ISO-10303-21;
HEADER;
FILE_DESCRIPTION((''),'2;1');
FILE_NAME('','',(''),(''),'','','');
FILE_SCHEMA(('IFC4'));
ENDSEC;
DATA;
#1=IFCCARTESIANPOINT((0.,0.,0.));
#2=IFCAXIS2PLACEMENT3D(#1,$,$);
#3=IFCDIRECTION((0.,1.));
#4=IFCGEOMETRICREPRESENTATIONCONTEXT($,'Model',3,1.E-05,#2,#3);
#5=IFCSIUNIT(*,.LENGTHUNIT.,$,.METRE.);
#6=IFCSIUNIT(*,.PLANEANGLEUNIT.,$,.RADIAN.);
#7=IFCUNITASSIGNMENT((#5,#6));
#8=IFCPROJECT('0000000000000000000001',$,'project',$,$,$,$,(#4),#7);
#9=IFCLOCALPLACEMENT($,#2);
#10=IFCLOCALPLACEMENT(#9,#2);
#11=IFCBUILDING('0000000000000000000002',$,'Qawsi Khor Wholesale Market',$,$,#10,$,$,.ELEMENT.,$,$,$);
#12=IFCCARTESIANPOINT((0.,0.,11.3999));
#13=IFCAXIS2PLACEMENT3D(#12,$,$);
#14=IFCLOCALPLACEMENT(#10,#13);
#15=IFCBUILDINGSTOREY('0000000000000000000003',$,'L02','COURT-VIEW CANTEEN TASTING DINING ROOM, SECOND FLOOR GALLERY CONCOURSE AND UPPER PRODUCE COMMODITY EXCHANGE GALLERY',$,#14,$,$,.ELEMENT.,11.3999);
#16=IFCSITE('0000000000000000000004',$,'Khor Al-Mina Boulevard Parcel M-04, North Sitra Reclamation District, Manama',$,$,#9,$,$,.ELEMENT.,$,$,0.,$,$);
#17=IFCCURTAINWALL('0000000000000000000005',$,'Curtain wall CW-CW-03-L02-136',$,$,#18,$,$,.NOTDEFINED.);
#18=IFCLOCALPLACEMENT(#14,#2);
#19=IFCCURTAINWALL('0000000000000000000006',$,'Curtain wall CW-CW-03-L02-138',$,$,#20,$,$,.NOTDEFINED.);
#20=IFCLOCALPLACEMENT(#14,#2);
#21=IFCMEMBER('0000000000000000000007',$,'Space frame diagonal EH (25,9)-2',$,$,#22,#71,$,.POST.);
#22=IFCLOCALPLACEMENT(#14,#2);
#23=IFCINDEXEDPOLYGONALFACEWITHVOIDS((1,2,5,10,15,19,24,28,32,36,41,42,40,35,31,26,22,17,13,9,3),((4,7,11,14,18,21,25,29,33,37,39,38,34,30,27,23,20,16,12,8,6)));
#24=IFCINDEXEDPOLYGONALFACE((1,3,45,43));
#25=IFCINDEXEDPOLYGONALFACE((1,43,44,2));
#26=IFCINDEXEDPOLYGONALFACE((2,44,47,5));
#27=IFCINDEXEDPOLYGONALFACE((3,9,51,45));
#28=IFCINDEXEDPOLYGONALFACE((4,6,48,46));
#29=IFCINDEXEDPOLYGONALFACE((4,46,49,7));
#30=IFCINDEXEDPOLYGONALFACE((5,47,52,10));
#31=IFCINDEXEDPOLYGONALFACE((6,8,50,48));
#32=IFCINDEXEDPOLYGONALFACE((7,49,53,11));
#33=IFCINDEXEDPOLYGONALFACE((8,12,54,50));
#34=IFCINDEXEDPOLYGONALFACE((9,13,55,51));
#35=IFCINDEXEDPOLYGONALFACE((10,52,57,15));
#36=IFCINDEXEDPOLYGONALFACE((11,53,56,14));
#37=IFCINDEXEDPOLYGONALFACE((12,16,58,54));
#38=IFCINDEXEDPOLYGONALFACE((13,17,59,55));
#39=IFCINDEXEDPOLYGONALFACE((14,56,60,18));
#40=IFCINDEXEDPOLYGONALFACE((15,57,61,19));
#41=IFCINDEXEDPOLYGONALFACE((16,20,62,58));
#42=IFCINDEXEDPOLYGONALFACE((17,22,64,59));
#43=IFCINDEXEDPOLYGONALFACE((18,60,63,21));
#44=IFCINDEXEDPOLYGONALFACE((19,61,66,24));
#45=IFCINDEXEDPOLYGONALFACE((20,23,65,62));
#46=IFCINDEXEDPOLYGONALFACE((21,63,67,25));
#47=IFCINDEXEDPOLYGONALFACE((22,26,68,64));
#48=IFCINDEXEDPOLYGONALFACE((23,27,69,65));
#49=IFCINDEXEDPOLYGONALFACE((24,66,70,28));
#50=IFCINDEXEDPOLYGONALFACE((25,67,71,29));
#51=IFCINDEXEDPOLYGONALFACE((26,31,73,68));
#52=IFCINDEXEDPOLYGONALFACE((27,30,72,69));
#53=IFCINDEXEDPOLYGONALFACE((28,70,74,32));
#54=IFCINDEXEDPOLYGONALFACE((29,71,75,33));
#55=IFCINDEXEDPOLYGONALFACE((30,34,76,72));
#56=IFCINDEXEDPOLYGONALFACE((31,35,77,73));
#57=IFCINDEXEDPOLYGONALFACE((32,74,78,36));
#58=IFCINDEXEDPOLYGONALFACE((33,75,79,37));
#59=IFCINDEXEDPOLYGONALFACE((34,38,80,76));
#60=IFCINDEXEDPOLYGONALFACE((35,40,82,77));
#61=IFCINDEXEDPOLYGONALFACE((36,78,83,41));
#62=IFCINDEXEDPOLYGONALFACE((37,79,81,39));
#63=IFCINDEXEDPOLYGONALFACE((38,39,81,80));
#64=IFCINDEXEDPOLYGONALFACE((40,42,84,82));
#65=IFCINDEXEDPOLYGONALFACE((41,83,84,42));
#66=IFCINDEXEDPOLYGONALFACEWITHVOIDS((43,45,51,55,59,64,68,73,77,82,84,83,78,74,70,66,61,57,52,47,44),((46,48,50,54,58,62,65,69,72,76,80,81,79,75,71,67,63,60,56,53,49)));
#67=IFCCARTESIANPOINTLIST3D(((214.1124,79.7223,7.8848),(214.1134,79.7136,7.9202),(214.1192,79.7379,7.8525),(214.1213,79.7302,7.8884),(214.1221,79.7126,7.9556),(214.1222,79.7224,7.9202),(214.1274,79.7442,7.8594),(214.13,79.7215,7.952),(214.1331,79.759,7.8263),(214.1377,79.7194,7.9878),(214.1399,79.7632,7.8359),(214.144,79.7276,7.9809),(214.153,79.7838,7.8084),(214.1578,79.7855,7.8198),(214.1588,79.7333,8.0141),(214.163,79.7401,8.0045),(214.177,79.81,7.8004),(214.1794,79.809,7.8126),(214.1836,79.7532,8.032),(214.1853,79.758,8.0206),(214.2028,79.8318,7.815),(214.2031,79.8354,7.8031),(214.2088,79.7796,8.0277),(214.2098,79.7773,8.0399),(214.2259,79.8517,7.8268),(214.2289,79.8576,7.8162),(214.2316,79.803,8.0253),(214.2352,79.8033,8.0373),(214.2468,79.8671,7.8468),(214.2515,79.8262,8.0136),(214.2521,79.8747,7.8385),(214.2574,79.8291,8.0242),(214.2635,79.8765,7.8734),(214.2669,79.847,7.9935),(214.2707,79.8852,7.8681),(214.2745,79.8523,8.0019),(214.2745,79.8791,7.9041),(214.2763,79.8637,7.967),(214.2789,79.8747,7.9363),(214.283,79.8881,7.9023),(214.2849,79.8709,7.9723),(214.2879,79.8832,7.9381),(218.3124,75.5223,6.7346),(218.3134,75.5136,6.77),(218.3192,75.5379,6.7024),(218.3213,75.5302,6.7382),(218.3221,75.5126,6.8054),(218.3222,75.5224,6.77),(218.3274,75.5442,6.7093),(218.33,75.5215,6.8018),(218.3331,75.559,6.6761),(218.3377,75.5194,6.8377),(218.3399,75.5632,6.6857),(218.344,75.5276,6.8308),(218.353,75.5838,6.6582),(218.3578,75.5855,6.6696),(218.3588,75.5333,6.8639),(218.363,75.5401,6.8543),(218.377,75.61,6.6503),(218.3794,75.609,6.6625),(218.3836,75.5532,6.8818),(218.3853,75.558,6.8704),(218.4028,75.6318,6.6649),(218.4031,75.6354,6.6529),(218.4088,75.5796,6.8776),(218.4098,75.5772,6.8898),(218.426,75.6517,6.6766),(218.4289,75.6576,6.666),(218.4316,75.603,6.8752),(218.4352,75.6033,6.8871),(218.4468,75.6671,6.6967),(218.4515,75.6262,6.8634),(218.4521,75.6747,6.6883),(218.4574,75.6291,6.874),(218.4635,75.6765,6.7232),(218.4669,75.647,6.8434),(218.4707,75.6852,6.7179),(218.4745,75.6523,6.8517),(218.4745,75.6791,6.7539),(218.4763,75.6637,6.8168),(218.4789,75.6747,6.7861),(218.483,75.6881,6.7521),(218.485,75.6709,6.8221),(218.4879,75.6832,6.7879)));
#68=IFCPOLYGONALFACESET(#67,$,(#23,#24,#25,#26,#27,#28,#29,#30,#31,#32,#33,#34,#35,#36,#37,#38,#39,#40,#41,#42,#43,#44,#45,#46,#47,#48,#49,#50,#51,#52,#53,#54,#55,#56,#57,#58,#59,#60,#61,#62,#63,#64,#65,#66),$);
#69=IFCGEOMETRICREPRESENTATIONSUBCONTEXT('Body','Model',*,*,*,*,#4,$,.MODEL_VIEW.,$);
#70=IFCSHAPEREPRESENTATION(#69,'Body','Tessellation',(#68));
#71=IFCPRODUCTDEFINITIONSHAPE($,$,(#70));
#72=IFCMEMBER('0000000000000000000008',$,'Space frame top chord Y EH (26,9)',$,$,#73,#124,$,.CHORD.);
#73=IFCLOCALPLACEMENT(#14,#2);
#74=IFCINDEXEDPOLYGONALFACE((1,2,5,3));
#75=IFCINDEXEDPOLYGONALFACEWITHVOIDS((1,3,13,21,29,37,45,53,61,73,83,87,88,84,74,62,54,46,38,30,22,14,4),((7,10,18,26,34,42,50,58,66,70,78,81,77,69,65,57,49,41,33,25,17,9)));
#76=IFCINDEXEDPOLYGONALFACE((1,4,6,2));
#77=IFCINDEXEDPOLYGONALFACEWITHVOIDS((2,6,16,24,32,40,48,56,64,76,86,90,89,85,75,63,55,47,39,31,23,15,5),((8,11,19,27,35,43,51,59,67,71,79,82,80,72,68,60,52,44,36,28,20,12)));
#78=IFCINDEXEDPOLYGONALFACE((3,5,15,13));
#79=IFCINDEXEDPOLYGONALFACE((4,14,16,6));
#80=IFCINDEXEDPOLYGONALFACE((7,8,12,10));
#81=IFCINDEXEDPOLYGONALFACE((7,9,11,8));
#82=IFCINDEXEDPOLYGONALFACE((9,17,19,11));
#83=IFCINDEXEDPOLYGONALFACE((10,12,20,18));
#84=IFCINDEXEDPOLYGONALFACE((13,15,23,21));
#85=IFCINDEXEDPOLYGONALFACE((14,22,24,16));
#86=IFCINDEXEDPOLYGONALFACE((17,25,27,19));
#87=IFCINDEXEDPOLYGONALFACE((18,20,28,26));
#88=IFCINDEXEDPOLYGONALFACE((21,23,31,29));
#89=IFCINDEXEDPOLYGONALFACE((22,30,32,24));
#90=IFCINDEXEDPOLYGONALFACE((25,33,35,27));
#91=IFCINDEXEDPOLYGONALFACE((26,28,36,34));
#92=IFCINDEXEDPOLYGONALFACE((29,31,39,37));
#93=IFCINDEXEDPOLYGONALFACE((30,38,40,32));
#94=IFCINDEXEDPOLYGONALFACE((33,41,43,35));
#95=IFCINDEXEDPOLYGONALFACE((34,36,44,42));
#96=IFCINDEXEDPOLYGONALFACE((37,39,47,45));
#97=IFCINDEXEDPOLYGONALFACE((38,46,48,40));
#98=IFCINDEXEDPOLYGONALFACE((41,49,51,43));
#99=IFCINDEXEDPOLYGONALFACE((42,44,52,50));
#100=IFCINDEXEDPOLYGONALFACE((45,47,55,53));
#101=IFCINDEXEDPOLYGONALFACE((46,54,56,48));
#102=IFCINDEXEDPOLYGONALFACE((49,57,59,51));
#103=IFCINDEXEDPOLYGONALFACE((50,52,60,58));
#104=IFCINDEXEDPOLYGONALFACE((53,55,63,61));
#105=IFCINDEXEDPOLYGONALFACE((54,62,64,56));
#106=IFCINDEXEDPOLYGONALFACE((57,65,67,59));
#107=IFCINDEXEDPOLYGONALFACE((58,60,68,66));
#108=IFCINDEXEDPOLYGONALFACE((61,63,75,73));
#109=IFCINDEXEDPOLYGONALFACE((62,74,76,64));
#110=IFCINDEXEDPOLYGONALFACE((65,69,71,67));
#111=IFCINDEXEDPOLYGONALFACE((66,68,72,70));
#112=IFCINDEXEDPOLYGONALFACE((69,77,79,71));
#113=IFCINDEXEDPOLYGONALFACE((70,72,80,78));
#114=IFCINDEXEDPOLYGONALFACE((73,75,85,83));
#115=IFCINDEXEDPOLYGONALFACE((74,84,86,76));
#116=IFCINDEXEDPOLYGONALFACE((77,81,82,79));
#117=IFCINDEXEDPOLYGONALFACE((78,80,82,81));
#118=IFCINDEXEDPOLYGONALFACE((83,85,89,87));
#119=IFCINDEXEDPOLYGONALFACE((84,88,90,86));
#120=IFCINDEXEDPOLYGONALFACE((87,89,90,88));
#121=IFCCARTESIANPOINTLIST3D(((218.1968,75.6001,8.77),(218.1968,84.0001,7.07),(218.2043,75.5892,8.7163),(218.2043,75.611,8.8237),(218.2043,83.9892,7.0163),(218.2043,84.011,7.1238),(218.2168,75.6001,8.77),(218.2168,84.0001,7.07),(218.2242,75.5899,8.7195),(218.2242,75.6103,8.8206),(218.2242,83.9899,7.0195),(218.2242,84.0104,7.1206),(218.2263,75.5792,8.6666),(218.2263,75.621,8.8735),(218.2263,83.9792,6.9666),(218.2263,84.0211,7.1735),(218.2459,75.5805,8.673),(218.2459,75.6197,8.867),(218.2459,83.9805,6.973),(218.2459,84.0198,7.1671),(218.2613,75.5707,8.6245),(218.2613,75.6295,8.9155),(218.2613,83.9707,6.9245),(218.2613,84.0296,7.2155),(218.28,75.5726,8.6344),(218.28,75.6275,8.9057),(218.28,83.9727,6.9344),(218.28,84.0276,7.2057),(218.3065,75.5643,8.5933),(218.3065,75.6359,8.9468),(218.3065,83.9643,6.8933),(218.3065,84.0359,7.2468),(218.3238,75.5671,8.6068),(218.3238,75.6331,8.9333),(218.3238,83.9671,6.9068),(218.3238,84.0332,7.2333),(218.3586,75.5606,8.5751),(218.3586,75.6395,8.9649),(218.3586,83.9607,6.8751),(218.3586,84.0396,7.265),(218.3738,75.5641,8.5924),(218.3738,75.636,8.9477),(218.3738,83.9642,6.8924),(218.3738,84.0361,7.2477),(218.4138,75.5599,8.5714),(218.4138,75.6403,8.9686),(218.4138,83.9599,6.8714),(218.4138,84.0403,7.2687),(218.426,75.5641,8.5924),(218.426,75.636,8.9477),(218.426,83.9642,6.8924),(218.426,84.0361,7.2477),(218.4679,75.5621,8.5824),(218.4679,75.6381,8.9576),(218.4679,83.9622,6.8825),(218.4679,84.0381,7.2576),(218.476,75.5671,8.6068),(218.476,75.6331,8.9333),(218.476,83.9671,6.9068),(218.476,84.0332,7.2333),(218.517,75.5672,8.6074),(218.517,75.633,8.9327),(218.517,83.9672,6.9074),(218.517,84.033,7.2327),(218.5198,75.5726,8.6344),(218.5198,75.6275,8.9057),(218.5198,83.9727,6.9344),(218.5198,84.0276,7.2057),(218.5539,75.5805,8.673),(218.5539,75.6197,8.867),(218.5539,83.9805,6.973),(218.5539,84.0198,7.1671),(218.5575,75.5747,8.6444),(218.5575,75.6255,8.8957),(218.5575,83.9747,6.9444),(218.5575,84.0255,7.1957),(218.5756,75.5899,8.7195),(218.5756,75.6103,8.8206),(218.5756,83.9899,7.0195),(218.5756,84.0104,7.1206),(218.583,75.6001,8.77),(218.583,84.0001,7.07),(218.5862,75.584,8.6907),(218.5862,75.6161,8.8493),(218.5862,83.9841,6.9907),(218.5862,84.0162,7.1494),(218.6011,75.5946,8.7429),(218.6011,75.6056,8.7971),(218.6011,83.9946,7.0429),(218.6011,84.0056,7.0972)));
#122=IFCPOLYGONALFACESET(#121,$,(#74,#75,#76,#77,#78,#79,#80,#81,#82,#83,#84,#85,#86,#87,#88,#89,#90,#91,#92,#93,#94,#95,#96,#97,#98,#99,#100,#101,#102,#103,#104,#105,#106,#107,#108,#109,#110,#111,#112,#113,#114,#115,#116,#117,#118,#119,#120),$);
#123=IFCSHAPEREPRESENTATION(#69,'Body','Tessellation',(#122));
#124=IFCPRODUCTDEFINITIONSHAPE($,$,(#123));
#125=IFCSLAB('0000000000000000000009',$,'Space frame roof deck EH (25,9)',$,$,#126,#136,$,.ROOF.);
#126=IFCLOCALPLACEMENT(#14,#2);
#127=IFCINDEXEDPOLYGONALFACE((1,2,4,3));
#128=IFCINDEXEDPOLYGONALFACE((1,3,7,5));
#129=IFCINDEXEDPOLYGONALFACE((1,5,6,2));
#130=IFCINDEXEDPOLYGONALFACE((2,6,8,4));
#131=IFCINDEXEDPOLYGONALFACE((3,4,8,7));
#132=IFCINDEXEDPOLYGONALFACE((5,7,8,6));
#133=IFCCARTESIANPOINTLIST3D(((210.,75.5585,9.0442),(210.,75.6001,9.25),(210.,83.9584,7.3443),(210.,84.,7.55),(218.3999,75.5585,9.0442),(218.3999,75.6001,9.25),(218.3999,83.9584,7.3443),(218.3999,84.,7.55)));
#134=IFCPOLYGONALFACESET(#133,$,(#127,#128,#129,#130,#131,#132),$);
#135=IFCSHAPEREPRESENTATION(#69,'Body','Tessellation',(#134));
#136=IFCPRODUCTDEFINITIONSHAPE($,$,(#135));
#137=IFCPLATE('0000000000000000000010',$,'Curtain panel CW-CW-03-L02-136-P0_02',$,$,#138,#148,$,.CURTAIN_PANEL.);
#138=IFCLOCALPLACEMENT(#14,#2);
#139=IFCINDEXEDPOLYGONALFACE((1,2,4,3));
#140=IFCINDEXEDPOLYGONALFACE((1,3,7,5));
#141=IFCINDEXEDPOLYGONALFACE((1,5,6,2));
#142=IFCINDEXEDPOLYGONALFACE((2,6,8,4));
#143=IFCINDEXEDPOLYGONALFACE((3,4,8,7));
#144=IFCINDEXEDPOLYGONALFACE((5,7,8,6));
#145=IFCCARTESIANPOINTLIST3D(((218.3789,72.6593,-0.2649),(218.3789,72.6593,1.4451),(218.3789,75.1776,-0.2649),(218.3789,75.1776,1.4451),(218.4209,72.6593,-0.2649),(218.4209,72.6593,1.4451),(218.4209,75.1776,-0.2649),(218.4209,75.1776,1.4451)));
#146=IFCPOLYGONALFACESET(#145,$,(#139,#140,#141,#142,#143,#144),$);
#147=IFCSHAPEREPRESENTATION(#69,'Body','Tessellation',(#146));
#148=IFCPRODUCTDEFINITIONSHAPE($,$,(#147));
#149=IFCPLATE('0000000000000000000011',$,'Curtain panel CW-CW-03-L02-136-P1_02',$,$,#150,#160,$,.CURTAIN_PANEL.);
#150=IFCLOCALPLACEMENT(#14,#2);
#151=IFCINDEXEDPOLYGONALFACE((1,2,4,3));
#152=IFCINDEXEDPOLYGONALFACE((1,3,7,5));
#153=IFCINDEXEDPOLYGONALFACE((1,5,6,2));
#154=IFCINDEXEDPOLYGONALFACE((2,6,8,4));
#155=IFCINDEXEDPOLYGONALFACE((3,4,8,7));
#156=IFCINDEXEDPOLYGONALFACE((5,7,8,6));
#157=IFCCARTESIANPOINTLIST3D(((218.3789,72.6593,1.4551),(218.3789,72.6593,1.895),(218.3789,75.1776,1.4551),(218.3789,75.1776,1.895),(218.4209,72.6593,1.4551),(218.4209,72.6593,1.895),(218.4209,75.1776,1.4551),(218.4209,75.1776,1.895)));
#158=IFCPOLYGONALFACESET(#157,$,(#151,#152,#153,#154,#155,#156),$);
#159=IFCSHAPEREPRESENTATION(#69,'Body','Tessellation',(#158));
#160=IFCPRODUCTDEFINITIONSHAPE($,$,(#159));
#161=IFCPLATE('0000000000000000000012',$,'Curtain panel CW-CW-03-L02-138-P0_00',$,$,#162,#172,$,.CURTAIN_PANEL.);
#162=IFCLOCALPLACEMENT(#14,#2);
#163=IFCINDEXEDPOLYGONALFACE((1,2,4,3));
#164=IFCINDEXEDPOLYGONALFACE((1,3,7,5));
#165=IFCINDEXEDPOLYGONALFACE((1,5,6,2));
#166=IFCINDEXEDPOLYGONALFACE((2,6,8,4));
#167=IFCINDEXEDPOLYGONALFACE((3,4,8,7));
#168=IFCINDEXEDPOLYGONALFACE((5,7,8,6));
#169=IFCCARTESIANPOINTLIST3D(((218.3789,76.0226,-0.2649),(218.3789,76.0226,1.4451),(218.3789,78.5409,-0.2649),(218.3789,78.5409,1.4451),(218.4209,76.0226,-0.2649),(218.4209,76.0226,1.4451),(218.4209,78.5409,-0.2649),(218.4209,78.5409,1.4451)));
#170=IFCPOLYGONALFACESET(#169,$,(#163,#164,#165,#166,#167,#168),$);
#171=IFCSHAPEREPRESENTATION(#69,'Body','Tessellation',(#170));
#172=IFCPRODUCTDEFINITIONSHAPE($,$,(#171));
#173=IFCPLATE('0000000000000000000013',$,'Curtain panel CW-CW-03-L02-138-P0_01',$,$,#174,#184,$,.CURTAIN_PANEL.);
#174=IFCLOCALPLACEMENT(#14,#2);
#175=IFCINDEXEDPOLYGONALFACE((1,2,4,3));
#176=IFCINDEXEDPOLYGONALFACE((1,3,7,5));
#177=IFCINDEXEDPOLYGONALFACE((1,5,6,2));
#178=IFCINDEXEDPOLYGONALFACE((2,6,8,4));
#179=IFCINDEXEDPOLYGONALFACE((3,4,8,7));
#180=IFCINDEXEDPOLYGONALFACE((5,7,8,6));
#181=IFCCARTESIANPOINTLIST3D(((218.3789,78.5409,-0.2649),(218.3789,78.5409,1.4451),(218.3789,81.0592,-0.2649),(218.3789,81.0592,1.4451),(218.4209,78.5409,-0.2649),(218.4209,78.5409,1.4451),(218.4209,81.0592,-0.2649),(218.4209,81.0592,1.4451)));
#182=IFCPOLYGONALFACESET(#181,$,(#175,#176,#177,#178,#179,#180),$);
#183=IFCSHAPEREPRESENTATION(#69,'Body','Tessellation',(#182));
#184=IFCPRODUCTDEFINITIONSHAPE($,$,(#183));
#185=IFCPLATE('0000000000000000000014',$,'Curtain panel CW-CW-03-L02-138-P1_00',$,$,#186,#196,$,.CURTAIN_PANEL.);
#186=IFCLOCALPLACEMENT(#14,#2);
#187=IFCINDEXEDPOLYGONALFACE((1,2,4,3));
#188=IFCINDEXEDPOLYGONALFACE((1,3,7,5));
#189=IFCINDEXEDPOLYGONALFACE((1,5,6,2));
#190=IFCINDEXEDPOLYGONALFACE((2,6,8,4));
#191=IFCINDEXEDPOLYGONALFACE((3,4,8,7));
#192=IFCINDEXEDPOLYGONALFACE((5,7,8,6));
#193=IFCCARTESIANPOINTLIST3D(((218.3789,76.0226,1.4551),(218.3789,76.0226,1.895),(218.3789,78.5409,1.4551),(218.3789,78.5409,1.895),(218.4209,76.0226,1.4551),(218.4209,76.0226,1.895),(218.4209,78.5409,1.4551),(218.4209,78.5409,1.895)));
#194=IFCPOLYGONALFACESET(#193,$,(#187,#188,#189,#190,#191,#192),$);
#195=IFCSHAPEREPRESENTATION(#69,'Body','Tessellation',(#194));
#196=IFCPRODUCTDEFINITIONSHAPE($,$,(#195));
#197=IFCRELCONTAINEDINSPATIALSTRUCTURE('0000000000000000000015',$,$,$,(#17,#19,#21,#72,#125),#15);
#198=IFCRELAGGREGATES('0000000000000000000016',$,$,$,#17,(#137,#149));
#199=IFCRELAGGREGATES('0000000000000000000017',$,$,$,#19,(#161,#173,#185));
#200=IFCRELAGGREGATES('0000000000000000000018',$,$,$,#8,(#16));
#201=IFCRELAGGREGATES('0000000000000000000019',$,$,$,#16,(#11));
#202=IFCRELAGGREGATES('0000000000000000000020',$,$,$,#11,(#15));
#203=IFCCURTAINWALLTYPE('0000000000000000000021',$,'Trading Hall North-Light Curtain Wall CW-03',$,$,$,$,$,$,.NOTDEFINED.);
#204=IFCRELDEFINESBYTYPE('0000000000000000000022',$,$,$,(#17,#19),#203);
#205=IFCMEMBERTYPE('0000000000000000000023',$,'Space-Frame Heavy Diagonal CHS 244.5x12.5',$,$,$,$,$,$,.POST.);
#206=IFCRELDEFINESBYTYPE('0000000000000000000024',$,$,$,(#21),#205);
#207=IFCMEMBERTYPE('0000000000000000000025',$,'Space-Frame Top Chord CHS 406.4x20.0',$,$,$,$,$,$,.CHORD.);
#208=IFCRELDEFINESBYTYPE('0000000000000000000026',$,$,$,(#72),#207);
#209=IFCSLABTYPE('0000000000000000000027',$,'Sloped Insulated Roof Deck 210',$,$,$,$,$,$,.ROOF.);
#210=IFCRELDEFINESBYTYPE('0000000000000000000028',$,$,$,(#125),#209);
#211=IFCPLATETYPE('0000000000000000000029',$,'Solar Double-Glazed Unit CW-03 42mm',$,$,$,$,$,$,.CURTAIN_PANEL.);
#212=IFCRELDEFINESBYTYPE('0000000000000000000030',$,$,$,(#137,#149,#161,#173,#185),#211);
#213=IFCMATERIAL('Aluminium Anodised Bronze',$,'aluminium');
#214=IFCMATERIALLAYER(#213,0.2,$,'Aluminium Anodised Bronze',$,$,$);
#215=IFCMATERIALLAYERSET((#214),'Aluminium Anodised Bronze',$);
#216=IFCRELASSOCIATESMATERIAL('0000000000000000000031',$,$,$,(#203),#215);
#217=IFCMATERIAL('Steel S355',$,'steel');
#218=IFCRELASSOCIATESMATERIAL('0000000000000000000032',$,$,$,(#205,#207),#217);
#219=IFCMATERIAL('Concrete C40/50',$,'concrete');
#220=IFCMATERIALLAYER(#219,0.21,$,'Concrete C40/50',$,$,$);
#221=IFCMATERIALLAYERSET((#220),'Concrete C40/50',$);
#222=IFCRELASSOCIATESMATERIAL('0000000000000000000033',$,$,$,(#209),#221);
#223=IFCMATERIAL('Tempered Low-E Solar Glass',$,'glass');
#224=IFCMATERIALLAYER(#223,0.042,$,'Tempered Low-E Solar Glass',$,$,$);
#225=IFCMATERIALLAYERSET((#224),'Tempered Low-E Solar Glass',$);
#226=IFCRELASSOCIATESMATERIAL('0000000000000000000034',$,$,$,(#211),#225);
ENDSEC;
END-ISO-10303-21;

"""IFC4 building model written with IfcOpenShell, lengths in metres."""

from ifc_helpers import new_model, si_unit, direction, frame, frame_2d, origin, origin_2d, place, context, subcontext, project, spatial, polyline, rectangle, hollow_circle, outline, extrude, material, layer, layer_set, material_profile, profile_set, type_object, element, aggregate, save


model = new_model("IFC4")

# Units and contexts
model_context = context("Model", 3, precision=1e-05, world=origin(), true_north=direction((0.0, 1.0)))
body_context = subcontext(model_context, "Body", "Model", "MODEL_VIEW")
ifc_project = project(units=[si_unit("LENGTHUNIT", "METRE"), si_unit("PLANEANGLEUNIT", "RADIAN")], contexts=[model_context])

# Site, building, storey
site_placement = place(None, origin())
site = spatial("IfcSite", under=ifc_project, at=site_placement, Name="Khor Al-Mina Boulevard Parcel M-04, North Sitra Reclamation District, Manama", CompositionType="ELEMENT", RefElevation=0.0)
building_placement = place(site_placement, origin())
building = spatial("IfcBuilding", under=site, at=building_placement, Name="Qawsi Khor Wholesale Market", CompositionType="ELEMENT")
storey_placement = place(building_placement, frame((0.0, 0.0, 11.3999)))
storey = spatial("IfcBuildingStorey", under=building, at=storey_placement, Name="L02", Description="COURT-VIEW CANTEEN TASTING DINING ROOM, SECOND FLOOR GALLERY CONCOURSE AND UPPER PRODUCE COMMODITY EXCHANGE GALLERY", CompositionType="ELEMENT", Elevation=11.3999)

# Shared definitions
ifc_material_1 = material(Name="Concrete C40/50", Category="concrete")

# Curtain wall
ifc_material_2 = material(Name="Aluminium Anodised Bronze", Category="aluminium")
ifc_layer_1 = layer(ifc_material_2, 0.2, Name="Aluminium Anodised Bronze")
ifc_layer_set_1 = layer_set([ifc_layer_1], Name="Aluminium Anodised Bronze")
curtain_wall_type = type_object("IfcCurtainWallType", Name="Trading Hall North-Light Curtain Wall CW-03", PredefinedType="NOTDEFINED", material=ifc_layer_set_1)
curtain_wall_1_placement = place(storey_placement, origin())
curtain_wall_1 = element("IfcCurtainWall", 1, at=curtain_wall_1_placement, inside=storey, type_object=curtain_wall_type, Name="Curtain wall CW-CW-03-L02-136", PredefinedType="NOTDEFINED")

# Curtain wall
curtain_wall_2_placement = place(storey_placement, origin())
curtain_wall_2 = element("IfcCurtainWall", 2, at=curtain_wall_2_placement, inside=storey, type_object=curtain_wall_type, Name="Curtain wall CW-CW-03-L02-138", PredefinedType="NOTDEFINED")

# Members
ifc_material_3 = material(Name="Steel S355", Category="steel")
ifc_material_profile_1 = material_profile(ifc_material_3, hollow_circle(Radius=0.1223, WallThickness=0.0125, at=origin_2d()), Name="CHS 244.5x12.5")
ifc_profile_set_1 = profile_set([ifc_material_profile_1], Name="Steel S355")
member_type_1 = type_object("IfcMemberType", Name="Space-Frame Heavy Diagonal CHS 244.5x12.5", PredefinedType="POST", material=ifc_profile_set_1)
for number, where, z_axis, x_axis, name in (
    (3, (218.3999, 75.6001, 6.77), (-0.694211, 0.694211, 0.190108), (-0.707107, -0.707107, 0.0), "Space frame diagonal EH (25,9)-2"),
):
    element("IfcMember", number, at=place(storey_placement, frame(where, z_axis=z_axis, x_axis=x_axis)), inside=storey, type_object=member_type_1, Name=name, PredefinedType="POST", context=body_context, shape_type="SweptSolid", body=[
        extrude(hollow_circle(Radius=0.1223, WallThickness=0.0125, at=origin_2d()), origin(), (0.0, 0.0, 1.0), 6.05),
    ])
ifc_material_profile_2 = material_profile(ifc_material_3, hollow_circle(Radius=0.2031, WallThickness=0.02, at=origin_2d()), Name="CHS 406.4x20.0")
ifc_profile_set_2 = profile_set([ifc_material_profile_2], Name="Steel S355")
member_type_2 = type_object("IfcMemberType", Name="Space-Frame Top Chord CHS 406.4x20.0", PredefinedType="CHORD", material=ifc_profile_set_2)
member_1_placement = place(storey_placement, frame((218.3999, 75.6001, 8.77), z_axis=(0.0, 0.98013, -0.198356), x_axis=(-1.0, 0.0, 0.0)))
element("IfcMember", 4, at=member_1_placement, inside=storey, type_object=member_type_2, Name="Space frame top chord Y EH (26,9)", PredefinedType="CHORD", context=body_context, shape_type="SweptSolid", body=[
    extrude(hollow_circle(Radius=0.2031, WallThickness=0.02, at=origin_2d()), origin(), (0.0, 0.0, 1.0), 8.5703),
])

# Slab
ifc_layer_2 = layer(ifc_material_1, 0.21, Name="Concrete C40/50")
ifc_layer_set_2 = layer_set([ifc_layer_2], Name="Concrete C40/50")
slab_type = type_object("IfcSlabType", Name="Sloped Insulated Roof Deck 210", PredefinedType="ROOF", material=ifc_layer_set_2)
slab_placement = place(storey_placement, frame((210.0, 75.6001, 9.25), z_axis=(0.0, 0.198356, 0.98013), x_axis=(1.0, 0.0, 0.0)))
element("IfcSlab", 5, at=slab_placement, inside=storey, type_object=slab_type, Name="Space frame roof deck EH (25,9)", PredefinedType="ROOF", context=body_context, shape_type="SweptSolid", body=[
    extrude(outline(polyline([(0.0, 0.0), (8.3999, 0.0), (8.3999, 8.5702), (0.0, 8.5702), (0.0, 0.0)])), origin(), (0.0, 0.0, -1.0), 0.21),
])

# Plates
ifc_material_4 = material(Name="Tempered Low-E Solar Glass", Category="glass")
ifc_layer_3 = layer(ifc_material_4, 0.042, Name="Tempered Low-E Solar Glass")
ifc_layer_set_3 = layer_set([ifc_layer_3], Name="Tempered Low-E Solar Glass")
plate_type = type_object("IfcPlateType", Name="Solar Double-Glazed Unit CW-03 42mm", PredefinedType="CURTAIN_PANEL", material=ifc_layer_set_3)
plate_1_placement = place(storey_placement, frame((218.3999, 72.6592, -0.2649), z_axis=(0.0, 0.0, 1.0), x_axis=(0.0, 1.0, 0.0)))
plate_1 = element("IfcPlate", 6, at=plate_1_placement, type_object=plate_type, Name="Curtain panel CW-CW-03-L02-136-P0_02", PredefinedType="CURTAIN_PANEL", context=body_context, shape_type="SweptSolid", body=[
    extrude(rectangle(XDim=2.5183, YDim=0.042, at=frame_2d((1.2593, 0.0))), origin(), (0.0, 0.0, 1.0), 1.71),
])
plate_2_placement = place(storey_placement, frame((218.3999, 72.6592, 1.4551), z_axis=(0.0, 0.0, 1.0), x_axis=(0.0, 1.0, 0.0)))
plate_2 = element("IfcPlate", 7, at=plate_2_placement, type_object=plate_type, Name="Curtain panel CW-CW-03-L02-136-P1_02", PredefinedType="CURTAIN_PANEL", context=body_context, shape_type="SweptSolid", body=[
    extrude(rectangle(XDim=2.5183, YDim=0.042, at=frame_2d((1.2593, 0.0))), origin(), (0.0, 0.0, 1.0), 0.4399),
])
aggregate(curtain_wall_1, [plate_1, plate_2])
plate_3_placement = place(storey_placement, frame((218.3999, 76.0225, -0.2649), z_axis=(0.0, 0.0, 1.0), x_axis=(0.0, 1.0, 0.0)))
plate_3 = element("IfcPlate", 8, at=plate_3_placement, type_object=plate_type, Name="Curtain panel CW-CW-03-L02-138-P0_00", PredefinedType="CURTAIN_PANEL", context=body_context, shape_type="SweptSolid", body=[
    extrude(rectangle(XDim=2.5183, YDim=0.042, at=frame_2d((1.2593, 0.0))), origin(), (0.0, 0.0, 1.0), 1.71),
])
plate_4_placement = place(storey_placement, frame((218.3999, 78.5408, -0.2649), z_axis=(0.0, 0.0, 1.0), x_axis=(0.0, 1.0, 0.0)))
plate_4 = element("IfcPlate", 9, at=plate_4_placement, type_object=plate_type, Name="Curtain panel CW-CW-03-L02-138-P0_01", PredefinedType="CURTAIN_PANEL", context=body_context, shape_type="SweptSolid", body=[
    extrude(rectangle(XDim=2.5183, YDim=0.042, at=frame_2d((1.2593, 0.0))), origin(), (0.0, 0.0, 1.0), 1.71),
])
plate_5_placement = place(storey_placement, frame((218.3999, 76.0225, 1.4551), z_axis=(0.0, 0.0, 1.0), x_axis=(0.0, 1.0, 0.0)))
plate_5 = element("IfcPlate", 10, at=plate_5_placement, type_object=plate_type, Name="Curtain panel CW-CW-03-L02-138-P1_00", PredefinedType="CURTAIN_PANEL", context=body_context, shape_type="SweptSolid", body=[
    extrude(rectangle(XDim=2.5183, YDim=0.042, at=frame_2d((1.2593, 0.0))), origin(), (0.0, 0.0, 1.0), 0.4399),
])
aggregate(curtain_wall_2, [plate_3, plate_4, plate_5])

save(model, "model.ifc")
